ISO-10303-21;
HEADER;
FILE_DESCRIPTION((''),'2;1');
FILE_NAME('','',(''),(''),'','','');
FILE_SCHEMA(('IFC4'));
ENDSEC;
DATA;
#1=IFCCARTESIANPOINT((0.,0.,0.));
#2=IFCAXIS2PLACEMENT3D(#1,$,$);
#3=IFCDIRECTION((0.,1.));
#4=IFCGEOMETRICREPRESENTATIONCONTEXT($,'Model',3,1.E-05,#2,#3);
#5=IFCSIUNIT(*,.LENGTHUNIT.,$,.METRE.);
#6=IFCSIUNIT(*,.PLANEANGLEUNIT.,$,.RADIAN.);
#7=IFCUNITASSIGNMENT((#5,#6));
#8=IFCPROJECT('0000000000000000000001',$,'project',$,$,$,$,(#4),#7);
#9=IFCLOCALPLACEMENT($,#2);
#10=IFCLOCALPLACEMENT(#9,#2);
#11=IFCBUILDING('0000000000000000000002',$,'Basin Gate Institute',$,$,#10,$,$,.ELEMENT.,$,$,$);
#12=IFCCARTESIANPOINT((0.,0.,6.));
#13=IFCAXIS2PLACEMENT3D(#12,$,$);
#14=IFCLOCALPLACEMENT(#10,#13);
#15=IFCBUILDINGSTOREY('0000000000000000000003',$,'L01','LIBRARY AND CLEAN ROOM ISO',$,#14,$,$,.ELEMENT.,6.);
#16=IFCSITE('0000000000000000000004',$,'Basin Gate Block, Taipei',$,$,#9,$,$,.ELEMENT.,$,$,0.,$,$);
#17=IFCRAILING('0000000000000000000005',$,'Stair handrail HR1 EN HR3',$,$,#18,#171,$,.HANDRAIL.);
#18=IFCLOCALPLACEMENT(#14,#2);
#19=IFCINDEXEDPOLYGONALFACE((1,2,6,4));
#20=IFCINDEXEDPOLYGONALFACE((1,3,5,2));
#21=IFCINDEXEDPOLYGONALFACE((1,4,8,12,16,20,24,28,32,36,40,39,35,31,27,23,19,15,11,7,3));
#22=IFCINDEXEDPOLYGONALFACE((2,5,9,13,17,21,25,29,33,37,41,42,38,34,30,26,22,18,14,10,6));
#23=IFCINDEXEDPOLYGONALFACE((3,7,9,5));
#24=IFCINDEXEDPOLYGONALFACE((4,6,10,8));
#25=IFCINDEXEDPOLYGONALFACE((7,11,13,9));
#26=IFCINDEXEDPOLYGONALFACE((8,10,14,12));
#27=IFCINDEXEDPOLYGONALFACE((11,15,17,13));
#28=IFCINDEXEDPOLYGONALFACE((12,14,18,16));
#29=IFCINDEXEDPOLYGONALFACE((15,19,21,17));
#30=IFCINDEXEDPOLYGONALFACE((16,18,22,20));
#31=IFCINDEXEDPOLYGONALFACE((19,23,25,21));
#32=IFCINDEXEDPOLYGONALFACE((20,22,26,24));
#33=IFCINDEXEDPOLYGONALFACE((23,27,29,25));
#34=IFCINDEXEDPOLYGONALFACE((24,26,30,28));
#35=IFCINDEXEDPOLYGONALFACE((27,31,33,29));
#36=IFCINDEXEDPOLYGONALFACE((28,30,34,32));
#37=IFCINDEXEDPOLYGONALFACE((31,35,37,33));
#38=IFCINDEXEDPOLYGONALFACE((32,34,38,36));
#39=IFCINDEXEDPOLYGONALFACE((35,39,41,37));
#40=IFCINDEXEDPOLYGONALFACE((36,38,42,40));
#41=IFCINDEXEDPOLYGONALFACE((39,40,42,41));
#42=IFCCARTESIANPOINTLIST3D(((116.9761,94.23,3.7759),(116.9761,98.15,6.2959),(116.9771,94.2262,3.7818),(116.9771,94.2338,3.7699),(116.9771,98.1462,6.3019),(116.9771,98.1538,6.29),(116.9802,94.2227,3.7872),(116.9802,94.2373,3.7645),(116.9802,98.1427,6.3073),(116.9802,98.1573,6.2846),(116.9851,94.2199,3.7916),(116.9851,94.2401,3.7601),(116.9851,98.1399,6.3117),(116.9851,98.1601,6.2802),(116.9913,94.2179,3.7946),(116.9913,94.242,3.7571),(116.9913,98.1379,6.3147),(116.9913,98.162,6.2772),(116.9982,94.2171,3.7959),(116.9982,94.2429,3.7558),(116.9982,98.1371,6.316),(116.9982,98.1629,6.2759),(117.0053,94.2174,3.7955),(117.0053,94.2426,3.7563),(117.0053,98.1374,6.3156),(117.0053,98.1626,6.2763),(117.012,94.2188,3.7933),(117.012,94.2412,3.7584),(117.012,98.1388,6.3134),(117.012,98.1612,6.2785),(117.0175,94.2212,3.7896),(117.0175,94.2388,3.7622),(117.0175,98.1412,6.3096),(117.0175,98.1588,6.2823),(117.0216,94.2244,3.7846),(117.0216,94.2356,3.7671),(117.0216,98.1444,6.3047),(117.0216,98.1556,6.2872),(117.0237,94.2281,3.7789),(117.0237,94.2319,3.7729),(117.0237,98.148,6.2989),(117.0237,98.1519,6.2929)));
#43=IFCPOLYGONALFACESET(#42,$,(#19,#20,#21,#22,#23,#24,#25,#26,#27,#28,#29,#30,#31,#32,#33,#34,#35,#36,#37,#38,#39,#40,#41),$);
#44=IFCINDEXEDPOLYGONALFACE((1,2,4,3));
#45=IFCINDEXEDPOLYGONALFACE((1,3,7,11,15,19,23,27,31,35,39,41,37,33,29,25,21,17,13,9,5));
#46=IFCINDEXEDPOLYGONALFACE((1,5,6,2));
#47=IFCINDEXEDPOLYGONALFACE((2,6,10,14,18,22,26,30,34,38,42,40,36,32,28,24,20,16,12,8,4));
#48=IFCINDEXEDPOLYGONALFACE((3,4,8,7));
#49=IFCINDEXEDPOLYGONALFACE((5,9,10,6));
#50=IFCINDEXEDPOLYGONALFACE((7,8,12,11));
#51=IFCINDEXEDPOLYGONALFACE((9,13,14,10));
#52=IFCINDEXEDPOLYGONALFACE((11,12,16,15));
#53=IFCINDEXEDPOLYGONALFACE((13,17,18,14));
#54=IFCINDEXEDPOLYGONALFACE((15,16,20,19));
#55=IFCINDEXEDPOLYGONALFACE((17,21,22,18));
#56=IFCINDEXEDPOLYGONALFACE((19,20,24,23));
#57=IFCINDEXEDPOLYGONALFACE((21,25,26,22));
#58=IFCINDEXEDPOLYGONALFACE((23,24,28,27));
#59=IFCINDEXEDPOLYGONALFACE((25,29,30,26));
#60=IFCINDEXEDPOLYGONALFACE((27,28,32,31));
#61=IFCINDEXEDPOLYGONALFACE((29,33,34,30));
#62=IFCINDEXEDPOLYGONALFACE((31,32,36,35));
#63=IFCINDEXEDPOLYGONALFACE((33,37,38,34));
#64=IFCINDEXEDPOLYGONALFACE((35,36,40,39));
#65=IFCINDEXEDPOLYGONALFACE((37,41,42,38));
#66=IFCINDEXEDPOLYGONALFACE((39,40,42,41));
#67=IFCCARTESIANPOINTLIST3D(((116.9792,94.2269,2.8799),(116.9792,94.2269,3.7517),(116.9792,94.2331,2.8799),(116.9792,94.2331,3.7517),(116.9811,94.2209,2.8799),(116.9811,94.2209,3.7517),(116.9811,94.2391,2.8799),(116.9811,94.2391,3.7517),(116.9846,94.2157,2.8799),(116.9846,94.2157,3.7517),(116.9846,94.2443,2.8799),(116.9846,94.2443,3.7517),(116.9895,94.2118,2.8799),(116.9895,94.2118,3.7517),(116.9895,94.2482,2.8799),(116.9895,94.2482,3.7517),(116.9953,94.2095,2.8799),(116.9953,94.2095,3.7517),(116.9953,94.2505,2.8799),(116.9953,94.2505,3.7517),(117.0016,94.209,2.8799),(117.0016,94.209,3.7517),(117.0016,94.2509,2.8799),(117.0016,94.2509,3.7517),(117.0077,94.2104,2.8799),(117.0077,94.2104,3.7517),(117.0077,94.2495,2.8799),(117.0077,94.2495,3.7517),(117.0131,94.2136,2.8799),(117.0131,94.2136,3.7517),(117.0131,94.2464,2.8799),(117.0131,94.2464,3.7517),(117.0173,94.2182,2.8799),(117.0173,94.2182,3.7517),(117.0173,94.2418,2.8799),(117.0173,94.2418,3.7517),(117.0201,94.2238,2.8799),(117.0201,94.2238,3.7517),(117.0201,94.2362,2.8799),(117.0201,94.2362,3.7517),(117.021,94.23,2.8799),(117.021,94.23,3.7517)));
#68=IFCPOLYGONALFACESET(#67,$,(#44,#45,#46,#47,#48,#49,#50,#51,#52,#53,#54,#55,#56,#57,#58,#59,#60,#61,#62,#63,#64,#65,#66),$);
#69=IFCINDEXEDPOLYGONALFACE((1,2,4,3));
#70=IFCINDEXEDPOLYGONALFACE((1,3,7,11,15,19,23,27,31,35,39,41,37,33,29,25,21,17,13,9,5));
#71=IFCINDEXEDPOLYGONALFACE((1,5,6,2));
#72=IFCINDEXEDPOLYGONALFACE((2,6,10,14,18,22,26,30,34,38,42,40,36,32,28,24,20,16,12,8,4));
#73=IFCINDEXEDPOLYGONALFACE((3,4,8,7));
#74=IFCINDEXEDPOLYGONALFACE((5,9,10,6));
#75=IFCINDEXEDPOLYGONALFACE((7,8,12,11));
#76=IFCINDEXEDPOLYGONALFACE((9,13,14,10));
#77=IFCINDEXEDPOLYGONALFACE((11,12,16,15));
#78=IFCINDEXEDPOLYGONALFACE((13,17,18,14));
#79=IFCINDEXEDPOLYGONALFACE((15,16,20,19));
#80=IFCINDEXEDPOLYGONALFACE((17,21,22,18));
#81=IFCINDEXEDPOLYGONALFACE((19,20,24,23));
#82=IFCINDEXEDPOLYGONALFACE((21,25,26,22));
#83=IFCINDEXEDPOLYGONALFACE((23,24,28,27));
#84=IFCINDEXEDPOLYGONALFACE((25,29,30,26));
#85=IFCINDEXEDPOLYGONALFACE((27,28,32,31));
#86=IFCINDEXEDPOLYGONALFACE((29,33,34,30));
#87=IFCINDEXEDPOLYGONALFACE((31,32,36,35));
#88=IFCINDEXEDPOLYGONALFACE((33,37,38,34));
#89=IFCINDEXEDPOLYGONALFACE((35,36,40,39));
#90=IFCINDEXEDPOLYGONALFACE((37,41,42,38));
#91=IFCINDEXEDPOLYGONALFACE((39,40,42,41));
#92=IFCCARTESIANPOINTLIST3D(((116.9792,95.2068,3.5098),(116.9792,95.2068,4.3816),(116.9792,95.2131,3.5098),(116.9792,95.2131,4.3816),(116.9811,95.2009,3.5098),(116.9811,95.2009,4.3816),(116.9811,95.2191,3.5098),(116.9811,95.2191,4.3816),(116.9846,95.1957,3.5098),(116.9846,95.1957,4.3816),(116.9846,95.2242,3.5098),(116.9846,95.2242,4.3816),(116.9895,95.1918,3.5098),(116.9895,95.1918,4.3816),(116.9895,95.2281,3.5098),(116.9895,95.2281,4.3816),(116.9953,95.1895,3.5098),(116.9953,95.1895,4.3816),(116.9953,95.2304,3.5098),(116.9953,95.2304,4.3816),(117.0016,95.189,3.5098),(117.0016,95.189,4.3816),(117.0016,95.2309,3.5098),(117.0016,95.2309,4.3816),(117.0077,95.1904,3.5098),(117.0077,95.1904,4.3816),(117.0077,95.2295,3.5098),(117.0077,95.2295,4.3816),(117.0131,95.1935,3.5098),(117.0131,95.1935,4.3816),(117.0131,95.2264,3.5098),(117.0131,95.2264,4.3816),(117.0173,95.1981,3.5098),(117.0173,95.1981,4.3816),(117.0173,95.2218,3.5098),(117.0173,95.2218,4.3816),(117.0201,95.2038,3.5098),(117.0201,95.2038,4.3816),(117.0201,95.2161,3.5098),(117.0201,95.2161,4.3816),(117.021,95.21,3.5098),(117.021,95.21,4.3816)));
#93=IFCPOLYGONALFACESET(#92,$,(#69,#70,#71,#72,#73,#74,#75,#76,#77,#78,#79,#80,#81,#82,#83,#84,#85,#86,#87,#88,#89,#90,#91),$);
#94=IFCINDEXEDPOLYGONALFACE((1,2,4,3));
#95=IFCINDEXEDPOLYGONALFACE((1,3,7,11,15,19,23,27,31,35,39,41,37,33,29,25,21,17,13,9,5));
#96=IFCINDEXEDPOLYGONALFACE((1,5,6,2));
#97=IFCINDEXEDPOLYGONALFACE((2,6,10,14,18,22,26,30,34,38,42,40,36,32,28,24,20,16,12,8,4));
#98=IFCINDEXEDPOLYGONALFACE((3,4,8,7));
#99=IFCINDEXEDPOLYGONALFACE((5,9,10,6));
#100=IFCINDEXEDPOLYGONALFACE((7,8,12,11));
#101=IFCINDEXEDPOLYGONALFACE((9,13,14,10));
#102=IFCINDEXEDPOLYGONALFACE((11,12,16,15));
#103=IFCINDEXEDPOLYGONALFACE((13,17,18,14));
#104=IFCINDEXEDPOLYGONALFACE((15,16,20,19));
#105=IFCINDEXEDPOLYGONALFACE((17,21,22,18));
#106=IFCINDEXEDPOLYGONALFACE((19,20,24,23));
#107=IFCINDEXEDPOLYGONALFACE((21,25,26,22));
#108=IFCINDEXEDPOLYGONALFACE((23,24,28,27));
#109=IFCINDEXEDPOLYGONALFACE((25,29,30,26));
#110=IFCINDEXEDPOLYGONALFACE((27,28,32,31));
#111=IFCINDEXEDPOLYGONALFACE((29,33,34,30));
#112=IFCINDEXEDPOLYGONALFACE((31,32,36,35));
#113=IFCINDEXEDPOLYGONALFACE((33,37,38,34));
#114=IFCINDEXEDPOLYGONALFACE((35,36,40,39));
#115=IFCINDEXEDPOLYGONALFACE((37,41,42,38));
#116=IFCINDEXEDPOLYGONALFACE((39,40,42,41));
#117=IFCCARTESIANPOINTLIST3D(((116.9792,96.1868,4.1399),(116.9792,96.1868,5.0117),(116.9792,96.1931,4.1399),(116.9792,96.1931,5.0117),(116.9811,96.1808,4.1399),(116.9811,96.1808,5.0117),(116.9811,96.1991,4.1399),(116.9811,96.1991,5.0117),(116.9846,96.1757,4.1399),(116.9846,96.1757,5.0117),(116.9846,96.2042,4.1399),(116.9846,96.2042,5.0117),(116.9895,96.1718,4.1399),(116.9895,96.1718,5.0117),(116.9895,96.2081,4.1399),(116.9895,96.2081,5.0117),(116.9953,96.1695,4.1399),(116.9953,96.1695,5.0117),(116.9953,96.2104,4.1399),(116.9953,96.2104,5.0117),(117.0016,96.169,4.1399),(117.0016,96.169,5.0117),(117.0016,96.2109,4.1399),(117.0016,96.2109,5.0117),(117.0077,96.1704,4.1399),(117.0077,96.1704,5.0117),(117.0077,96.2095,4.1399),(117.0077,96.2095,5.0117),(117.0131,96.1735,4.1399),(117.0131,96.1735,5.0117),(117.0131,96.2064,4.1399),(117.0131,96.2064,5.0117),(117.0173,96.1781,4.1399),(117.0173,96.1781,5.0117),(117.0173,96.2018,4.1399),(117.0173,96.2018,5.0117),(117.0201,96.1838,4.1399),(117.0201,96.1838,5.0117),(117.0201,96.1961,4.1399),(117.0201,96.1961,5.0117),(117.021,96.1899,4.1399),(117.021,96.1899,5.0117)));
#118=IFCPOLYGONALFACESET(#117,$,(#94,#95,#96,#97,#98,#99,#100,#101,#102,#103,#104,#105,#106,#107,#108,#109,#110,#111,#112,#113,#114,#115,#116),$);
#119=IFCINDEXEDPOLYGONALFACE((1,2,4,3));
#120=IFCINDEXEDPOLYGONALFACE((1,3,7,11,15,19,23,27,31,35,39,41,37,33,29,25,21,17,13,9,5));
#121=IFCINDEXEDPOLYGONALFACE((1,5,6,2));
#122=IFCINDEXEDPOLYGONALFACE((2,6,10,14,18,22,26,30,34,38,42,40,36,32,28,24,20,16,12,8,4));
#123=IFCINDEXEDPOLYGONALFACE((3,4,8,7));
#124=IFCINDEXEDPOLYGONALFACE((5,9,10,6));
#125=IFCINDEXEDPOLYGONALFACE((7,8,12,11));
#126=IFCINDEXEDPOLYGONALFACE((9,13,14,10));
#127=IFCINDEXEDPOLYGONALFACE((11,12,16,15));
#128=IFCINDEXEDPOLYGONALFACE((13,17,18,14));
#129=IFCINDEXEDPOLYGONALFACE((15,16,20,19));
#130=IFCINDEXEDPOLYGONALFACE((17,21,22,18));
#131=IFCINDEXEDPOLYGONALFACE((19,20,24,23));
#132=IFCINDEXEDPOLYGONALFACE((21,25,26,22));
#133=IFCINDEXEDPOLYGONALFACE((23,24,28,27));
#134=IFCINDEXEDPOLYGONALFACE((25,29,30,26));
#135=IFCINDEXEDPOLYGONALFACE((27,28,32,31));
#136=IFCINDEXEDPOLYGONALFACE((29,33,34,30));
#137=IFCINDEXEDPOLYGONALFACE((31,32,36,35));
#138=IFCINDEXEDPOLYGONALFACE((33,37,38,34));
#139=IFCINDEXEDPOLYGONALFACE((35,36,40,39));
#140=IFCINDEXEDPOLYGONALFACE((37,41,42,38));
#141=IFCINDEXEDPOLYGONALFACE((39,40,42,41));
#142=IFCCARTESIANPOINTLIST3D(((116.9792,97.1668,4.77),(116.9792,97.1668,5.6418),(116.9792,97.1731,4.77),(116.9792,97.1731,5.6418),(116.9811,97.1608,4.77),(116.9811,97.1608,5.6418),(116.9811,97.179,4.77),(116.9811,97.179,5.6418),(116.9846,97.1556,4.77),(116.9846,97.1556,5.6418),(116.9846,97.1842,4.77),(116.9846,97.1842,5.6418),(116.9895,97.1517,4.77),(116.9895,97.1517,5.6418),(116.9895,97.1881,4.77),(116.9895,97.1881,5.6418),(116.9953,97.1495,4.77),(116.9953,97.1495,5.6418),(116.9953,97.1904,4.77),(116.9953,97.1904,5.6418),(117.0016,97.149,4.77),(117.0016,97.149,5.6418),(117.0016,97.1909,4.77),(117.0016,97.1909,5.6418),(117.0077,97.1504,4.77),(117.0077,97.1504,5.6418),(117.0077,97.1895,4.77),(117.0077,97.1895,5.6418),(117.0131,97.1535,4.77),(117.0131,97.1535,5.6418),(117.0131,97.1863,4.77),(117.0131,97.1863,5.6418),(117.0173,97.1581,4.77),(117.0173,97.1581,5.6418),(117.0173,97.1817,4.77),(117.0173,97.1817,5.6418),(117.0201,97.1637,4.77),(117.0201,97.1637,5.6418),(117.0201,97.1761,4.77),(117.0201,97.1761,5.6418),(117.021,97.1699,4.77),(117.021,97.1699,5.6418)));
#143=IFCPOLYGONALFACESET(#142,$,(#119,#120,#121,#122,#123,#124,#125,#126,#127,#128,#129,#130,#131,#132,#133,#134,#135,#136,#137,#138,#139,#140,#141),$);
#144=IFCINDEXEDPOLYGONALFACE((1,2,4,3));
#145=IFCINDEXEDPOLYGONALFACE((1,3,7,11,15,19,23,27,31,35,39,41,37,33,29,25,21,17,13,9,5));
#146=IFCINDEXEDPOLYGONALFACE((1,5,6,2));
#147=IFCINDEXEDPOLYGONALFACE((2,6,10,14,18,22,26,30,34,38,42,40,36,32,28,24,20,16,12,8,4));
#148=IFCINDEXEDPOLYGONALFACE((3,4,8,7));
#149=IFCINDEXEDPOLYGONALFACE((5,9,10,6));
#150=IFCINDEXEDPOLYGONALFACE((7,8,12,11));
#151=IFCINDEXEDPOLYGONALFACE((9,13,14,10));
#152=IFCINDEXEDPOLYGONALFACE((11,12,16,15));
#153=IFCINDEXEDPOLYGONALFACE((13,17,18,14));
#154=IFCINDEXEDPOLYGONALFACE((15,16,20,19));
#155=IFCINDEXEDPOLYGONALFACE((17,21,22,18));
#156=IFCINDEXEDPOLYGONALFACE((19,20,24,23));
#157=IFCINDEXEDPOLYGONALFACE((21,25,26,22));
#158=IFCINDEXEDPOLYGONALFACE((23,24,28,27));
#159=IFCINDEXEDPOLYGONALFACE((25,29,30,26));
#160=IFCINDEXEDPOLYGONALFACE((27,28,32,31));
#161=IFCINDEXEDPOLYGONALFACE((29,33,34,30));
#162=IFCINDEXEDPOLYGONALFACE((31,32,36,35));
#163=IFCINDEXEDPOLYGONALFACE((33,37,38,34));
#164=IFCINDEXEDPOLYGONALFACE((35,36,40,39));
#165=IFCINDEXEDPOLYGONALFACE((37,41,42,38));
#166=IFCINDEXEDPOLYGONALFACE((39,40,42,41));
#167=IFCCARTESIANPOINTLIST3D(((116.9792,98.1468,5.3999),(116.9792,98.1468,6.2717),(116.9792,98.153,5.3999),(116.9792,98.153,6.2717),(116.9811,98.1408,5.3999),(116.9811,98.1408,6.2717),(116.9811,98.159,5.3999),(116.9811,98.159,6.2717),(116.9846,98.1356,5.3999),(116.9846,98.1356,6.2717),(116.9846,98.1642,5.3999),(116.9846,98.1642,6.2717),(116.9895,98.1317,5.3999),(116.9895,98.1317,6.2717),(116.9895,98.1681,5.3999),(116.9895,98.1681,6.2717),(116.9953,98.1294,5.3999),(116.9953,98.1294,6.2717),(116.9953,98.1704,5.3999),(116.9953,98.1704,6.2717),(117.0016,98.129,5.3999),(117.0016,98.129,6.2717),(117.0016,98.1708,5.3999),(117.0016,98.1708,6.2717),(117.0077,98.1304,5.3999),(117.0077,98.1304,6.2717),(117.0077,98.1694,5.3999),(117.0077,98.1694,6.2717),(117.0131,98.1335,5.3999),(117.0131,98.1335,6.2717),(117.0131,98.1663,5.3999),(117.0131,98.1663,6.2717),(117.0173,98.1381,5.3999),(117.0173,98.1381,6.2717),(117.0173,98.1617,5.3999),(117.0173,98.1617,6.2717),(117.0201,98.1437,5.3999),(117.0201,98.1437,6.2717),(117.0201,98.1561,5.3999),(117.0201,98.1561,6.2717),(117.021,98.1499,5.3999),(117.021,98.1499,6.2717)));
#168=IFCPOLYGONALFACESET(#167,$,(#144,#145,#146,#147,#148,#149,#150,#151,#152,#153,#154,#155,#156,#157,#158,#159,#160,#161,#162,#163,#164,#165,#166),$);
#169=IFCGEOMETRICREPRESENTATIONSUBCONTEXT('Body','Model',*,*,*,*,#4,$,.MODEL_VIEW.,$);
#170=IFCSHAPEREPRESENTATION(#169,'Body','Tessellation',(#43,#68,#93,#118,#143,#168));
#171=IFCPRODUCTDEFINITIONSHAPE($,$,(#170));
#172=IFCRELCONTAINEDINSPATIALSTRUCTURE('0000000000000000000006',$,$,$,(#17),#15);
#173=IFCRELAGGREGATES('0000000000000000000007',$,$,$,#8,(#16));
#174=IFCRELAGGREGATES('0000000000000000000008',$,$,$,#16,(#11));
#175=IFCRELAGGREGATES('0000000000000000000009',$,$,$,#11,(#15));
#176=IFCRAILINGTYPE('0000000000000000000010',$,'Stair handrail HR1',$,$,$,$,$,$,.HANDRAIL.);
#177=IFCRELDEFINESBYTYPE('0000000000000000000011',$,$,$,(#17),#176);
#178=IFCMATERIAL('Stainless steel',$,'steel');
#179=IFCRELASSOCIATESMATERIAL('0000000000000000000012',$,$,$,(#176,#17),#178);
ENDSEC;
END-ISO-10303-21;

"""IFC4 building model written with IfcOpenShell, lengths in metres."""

from ifc_helpers import new_model, si_unit, direction, frame, origin, origin_2d, place, context, subcontext, project, spatial, circle, extrude, material, type_object, element, save


model = new_model("IFC4")

# Units and contexts
model_context = context("Model", 3, precision=1e-05, world=origin(), true_north=direction((0.0, 1.0)))
body_context = subcontext(model_context, "Body", "Model", "MODEL_VIEW")
ifc_project = project(units=[si_unit("LENGTHUNIT", "METRE"), si_unit("PLANEANGLEUNIT", "RADIAN")], contexts=[model_context])

# Site, building, storey
site_placement = place(None, origin())
site = spatial("IfcSite", under=ifc_project, at=site_placement, Name="Basin Gate Block, Taipei", CompositionType="ELEMENT", RefElevation=0.0)
building_placement = place(site_placement, origin())
building = spatial("IfcBuilding", under=site, at=building_placement, Name="Basin Gate Institute", CompositionType="ELEMENT")
storey_placement = place(building_placement, frame((0.0, 0.0, 6.0)))
storey = spatial("IfcBuildingStorey", under=building, at=storey_placement, Name="L01", Description="LIBRARY AND CLEAN ROOM ISO", CompositionType="ELEMENT", Elevation=6.0)

# Railing
ifc_material_1 = material(Name="Stainless steel", Category="steel")
railing_type_1 = type_object("IfcRailingType", Name="Stair handrail HR1", PredefinedType="HANDRAIL", material=ifc_material_1)
railing_1_placement = place(storey_placement, frame((117.0, 94.23, 2.8799)))
element("IfcRailing", 1, at=railing_1_placement, inside=storey, type_object=railing_type_1, material=ifc_material_1, Name="Stair handrail HR1 EN HR3", PredefinedType="HANDRAIL", context=body_context, shape_type="SweptSolid", body=[
    extrude(circle(Radius=0.0239, at=origin_2d()), frame((0.0, 0.0, 0.896), z_axis=(0.0, 0.841172, 0.540768), x_axis=(-1.0, 0.0, 0.0)), (0.0, 0.0, 1.0), 4.6602),
    extrude(circle(Radius=0.021, at=origin_2d()), origin(), (0.0, 0.0, 1.0), 0.8718),
    extrude(circle(Radius=0.021, at=origin_2d()), frame((0.0, 0.98, 0.6299)), (0.0, 0.0, 1.0), 0.8718),
    extrude(circle(Radius=0.021, at=origin_2d()), frame((0.0, 1.96, 1.26)), (0.0, 0.0, 1.0), 0.8718),
    extrude(circle(Radius=0.021, at=origin_2d()), frame((0.0, 2.9399, 1.8901)), (0.0, 0.0, 1.0), 0.8718),
    extrude(circle(Radius=0.021, at=origin_2d()), frame((0.0, 3.9199, 2.52)), (0.0, 0.0, 1.0), 0.8718),
])

save(model, "model.ifc")
